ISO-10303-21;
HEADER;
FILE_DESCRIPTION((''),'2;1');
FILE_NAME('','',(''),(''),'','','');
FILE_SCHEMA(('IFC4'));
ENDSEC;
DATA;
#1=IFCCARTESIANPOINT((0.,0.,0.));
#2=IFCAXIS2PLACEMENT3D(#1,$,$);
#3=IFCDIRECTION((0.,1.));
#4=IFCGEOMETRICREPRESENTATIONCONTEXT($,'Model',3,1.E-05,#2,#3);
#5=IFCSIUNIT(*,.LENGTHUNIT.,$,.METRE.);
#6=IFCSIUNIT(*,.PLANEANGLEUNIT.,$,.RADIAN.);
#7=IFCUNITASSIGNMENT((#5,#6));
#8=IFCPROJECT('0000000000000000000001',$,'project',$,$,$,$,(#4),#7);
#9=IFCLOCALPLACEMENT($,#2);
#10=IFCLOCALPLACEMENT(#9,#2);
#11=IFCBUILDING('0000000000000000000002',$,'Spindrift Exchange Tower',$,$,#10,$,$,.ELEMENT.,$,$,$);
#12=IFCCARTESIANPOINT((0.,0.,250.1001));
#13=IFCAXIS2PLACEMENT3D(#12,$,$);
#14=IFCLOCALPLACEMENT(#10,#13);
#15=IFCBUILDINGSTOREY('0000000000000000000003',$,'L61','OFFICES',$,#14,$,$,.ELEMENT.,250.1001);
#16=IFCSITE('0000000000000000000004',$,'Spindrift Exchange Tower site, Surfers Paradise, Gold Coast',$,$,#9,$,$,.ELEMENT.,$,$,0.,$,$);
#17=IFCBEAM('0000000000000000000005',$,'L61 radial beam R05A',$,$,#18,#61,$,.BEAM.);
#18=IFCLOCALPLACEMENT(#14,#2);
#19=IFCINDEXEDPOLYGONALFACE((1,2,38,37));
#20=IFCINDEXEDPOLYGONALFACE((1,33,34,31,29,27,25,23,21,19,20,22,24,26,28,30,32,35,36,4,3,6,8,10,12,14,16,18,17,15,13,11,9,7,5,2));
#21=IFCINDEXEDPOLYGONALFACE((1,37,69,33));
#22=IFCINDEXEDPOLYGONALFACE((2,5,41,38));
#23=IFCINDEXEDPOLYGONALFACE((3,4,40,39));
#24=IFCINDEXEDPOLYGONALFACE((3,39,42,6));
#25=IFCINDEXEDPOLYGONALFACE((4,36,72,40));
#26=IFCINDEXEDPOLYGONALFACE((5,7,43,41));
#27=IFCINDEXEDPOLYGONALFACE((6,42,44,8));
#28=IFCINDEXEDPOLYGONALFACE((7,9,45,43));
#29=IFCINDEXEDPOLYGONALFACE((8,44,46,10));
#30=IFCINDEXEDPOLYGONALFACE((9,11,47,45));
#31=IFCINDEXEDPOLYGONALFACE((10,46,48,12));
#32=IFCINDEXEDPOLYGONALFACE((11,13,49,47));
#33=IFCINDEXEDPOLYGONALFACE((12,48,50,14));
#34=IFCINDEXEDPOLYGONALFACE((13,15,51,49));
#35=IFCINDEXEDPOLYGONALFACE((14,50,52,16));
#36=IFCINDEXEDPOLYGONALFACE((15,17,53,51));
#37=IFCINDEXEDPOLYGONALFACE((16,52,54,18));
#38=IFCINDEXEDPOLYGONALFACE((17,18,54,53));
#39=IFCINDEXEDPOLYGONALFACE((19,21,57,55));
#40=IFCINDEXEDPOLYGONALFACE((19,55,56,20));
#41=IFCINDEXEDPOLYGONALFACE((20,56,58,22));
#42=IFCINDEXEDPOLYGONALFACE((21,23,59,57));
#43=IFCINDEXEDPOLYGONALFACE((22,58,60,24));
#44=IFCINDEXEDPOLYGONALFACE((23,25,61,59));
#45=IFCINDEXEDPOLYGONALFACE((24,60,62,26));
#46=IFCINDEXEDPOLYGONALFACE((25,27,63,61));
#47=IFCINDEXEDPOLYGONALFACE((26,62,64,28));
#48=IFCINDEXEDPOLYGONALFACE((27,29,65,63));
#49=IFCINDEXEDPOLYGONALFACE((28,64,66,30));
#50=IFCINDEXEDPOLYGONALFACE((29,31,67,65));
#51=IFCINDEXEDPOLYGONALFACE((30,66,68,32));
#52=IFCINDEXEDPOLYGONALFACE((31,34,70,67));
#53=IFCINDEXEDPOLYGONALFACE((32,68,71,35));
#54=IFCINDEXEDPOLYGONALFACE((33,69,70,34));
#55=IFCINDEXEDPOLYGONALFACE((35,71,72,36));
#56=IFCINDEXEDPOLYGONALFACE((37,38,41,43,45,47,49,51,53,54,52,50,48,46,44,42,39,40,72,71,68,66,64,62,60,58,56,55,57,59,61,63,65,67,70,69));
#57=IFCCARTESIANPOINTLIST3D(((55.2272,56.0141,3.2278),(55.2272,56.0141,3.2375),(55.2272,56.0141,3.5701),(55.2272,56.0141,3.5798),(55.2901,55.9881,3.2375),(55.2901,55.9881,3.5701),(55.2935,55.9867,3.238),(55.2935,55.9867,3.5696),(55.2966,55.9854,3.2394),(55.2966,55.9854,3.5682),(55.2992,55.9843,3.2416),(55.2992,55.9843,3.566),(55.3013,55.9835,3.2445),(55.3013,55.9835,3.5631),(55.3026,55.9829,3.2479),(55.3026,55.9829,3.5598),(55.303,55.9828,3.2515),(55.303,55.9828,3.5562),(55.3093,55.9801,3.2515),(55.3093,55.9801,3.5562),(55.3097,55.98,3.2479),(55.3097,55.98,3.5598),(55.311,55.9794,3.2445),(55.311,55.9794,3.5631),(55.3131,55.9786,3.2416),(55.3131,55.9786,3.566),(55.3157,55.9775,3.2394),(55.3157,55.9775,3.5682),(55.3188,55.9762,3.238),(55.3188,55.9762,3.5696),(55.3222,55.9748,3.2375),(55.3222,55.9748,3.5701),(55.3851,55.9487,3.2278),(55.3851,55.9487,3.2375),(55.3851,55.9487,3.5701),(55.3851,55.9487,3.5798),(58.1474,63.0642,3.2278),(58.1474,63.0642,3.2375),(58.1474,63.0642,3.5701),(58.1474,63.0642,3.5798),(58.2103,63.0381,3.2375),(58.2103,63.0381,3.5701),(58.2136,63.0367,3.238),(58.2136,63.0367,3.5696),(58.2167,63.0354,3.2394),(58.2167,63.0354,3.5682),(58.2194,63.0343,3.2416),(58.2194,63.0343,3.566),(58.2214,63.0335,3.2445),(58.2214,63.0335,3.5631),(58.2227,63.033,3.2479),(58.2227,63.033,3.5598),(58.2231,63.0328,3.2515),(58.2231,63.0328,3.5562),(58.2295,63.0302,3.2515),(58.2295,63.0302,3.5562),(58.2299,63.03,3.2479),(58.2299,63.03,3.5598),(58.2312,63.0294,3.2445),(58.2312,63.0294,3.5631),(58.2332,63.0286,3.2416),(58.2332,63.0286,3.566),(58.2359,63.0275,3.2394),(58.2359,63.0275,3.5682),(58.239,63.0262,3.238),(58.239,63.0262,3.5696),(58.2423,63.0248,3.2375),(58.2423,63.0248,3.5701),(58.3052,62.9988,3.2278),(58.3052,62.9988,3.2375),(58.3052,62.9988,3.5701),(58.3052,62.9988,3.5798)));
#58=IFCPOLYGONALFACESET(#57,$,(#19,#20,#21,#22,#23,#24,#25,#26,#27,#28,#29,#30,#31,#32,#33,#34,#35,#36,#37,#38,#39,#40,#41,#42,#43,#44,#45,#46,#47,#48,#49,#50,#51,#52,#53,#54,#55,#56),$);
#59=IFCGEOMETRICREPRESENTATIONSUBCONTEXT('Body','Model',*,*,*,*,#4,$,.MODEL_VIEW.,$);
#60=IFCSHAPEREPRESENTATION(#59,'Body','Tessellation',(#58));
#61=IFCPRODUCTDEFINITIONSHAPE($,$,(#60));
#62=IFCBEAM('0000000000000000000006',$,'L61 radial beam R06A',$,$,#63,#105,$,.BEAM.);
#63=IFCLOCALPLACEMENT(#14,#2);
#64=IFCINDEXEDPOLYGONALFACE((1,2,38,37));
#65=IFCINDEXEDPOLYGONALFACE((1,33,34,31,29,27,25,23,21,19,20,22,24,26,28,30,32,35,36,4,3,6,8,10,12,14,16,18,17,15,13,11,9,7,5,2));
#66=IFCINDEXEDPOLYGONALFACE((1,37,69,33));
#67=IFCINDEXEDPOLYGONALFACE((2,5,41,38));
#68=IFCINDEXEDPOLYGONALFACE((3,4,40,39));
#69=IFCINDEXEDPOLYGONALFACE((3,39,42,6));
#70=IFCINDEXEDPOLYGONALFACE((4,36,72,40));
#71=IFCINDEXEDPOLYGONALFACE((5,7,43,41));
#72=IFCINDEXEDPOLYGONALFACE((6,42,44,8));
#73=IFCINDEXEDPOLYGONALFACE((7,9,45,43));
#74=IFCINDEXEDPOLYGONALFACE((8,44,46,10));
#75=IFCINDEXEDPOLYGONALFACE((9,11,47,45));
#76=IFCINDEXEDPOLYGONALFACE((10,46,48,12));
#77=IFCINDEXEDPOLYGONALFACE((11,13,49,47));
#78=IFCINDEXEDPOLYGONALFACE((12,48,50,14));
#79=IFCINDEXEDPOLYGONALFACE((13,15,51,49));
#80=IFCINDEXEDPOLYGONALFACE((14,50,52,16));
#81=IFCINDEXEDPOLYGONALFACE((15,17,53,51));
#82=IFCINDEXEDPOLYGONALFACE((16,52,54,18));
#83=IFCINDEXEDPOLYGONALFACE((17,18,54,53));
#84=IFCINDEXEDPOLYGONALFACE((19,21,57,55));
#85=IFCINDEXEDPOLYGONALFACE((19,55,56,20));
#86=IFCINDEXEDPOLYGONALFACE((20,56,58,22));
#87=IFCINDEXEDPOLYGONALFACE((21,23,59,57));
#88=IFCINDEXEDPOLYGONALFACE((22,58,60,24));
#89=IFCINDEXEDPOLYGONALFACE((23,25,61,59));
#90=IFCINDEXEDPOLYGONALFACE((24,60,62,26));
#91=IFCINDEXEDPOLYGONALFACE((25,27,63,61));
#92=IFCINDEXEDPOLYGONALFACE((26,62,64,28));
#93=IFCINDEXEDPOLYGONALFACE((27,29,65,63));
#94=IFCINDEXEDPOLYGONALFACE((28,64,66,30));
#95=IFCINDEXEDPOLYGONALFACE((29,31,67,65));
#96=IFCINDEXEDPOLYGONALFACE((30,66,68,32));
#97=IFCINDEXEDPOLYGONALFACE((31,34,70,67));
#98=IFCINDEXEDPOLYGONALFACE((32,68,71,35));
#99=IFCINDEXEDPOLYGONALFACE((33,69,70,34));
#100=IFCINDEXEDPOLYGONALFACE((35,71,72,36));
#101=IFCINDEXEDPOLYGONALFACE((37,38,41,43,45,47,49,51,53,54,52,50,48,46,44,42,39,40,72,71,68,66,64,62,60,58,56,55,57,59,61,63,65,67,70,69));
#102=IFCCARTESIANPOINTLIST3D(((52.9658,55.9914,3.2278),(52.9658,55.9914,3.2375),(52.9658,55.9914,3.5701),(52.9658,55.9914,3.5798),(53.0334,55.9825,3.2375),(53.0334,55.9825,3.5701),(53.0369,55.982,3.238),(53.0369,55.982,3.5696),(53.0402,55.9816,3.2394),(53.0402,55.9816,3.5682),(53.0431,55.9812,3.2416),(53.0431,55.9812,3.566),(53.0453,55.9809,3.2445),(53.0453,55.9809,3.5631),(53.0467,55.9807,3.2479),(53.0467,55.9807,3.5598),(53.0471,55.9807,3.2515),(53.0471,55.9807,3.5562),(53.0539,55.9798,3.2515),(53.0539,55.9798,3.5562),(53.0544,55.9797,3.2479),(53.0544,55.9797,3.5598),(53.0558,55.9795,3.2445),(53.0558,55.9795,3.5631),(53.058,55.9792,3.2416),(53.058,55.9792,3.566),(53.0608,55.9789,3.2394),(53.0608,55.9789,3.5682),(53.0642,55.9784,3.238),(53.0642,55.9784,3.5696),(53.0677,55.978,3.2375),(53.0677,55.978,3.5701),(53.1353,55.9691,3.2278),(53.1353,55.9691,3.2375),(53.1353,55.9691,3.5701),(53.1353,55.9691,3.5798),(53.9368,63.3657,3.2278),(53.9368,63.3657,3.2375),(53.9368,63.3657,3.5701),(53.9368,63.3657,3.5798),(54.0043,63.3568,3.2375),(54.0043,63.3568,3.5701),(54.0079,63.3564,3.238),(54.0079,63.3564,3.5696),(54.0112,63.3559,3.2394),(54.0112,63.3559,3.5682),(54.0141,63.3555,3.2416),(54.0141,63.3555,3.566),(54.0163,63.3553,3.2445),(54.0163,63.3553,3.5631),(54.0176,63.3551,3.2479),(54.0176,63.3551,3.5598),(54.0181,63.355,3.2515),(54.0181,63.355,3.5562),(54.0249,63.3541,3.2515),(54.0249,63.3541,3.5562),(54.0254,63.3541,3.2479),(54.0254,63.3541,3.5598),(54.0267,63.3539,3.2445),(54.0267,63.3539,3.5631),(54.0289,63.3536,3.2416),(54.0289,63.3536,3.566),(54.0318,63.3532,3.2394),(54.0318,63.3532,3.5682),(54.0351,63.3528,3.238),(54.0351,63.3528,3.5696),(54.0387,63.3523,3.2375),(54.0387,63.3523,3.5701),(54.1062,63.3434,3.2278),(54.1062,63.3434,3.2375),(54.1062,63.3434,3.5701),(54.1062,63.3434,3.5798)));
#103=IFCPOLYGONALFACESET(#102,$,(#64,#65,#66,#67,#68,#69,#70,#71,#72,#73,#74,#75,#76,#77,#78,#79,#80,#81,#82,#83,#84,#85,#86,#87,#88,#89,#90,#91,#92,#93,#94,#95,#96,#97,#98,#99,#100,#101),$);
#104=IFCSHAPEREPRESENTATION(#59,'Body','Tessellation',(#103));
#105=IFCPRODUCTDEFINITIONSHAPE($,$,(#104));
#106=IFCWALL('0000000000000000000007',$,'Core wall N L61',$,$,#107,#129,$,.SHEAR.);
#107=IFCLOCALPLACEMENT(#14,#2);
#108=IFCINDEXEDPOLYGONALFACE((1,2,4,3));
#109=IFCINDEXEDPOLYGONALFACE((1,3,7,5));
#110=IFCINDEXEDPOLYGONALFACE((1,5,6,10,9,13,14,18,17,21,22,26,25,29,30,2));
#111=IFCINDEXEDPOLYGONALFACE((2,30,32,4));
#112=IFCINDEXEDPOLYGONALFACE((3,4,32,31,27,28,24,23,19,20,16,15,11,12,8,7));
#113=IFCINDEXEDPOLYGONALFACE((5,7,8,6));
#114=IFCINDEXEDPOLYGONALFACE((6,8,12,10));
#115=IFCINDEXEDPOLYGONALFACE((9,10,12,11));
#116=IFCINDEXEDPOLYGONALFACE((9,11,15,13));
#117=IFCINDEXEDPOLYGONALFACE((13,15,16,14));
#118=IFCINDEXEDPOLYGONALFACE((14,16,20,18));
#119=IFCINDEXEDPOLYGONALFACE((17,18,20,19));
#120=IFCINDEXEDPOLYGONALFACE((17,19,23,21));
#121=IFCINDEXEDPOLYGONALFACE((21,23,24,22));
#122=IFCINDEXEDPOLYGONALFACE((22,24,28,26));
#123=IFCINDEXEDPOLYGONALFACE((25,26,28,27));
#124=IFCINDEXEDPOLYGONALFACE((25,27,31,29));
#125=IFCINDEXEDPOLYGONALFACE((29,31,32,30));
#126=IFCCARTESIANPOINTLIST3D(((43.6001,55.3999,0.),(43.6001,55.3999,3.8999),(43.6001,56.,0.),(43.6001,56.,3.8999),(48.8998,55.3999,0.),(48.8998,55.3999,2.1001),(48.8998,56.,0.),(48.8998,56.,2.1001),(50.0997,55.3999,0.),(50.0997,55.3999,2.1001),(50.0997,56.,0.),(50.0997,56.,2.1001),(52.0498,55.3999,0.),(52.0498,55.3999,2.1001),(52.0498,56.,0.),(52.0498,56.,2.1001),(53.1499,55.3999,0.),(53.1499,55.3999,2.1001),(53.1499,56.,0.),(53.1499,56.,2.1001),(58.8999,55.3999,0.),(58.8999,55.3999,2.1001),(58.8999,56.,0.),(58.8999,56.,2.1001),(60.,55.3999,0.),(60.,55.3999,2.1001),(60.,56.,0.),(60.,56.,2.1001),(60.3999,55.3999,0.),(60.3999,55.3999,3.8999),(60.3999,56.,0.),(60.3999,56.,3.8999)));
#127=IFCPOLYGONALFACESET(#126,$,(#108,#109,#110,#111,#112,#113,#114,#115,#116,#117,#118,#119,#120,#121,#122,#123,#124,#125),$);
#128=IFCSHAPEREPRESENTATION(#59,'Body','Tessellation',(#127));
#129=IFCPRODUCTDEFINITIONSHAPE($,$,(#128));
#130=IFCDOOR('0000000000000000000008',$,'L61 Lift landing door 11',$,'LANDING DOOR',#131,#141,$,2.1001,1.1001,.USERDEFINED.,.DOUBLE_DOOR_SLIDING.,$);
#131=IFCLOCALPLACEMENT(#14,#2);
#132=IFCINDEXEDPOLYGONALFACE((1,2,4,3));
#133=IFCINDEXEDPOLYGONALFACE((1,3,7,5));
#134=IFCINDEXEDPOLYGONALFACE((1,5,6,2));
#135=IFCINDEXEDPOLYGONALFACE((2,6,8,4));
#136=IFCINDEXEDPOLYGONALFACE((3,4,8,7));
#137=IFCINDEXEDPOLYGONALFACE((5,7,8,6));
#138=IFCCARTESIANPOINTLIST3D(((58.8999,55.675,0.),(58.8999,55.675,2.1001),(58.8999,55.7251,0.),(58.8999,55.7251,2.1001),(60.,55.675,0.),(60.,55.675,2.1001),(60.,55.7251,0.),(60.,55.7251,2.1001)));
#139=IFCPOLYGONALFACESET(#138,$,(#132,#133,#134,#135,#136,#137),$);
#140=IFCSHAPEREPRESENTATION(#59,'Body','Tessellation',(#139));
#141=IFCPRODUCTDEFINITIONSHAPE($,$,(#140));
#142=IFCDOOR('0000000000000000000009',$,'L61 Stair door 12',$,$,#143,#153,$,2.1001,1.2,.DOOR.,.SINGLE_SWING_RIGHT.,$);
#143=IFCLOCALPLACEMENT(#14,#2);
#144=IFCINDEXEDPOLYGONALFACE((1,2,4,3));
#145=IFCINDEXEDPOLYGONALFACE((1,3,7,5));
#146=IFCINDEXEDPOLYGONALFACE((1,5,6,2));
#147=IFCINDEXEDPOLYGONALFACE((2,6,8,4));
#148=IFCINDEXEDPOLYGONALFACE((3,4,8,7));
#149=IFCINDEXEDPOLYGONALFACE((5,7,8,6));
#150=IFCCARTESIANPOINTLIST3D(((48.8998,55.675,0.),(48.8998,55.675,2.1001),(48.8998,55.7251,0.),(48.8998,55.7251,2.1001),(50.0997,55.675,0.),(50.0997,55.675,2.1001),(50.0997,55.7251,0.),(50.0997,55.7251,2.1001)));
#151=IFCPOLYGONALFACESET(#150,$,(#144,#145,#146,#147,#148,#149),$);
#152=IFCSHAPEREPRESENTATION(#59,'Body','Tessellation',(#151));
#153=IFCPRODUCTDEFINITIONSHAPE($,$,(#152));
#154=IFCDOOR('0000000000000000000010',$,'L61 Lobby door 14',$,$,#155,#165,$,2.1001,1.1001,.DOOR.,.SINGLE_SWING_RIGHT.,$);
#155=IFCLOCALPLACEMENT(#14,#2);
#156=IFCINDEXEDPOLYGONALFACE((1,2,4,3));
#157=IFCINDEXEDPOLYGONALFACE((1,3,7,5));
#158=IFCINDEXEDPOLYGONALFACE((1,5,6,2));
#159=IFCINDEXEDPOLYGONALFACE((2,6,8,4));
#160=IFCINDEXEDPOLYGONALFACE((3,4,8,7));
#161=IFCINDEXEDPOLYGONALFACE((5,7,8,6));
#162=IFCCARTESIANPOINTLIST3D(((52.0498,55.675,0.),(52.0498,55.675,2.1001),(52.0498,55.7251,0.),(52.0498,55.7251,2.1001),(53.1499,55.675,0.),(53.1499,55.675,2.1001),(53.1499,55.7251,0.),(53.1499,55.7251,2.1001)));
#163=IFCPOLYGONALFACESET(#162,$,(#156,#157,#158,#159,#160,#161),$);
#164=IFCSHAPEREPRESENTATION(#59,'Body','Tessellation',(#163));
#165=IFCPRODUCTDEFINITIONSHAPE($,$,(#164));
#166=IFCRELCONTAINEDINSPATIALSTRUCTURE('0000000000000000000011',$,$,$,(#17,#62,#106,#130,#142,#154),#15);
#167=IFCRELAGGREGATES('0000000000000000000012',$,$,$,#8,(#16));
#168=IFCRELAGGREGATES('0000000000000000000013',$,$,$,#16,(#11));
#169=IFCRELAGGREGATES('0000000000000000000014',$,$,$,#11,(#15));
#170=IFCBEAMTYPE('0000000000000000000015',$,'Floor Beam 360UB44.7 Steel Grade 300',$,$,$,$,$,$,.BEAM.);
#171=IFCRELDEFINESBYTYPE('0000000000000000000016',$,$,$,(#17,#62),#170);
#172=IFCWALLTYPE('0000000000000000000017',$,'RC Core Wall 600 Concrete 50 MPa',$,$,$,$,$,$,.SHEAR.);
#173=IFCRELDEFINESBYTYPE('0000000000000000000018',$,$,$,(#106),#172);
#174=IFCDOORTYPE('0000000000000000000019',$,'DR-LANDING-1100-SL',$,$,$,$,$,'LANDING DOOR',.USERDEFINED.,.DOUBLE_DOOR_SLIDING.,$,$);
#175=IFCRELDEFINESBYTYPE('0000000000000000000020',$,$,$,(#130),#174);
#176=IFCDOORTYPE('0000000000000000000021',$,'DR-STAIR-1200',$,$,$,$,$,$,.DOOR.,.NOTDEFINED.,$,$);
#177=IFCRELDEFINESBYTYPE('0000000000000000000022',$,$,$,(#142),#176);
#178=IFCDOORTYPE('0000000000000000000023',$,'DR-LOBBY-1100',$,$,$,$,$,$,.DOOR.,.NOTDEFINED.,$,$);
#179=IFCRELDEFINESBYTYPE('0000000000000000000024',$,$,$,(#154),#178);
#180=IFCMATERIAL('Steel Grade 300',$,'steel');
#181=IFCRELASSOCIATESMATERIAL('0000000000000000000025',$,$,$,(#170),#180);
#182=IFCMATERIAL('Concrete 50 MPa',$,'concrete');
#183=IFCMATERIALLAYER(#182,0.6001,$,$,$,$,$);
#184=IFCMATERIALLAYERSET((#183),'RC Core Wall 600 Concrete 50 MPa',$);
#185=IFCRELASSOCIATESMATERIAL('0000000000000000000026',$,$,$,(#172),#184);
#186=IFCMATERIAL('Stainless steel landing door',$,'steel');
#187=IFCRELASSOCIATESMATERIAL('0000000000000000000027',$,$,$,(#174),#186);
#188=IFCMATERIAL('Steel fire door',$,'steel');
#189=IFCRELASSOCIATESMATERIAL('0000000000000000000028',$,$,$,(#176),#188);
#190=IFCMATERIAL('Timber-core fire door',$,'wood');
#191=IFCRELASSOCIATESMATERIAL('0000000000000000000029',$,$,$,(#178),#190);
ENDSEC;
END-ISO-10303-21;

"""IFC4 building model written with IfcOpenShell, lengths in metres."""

from ifc_helpers import new_model, si_unit, direction, frame, frame_2d, origin, origin_2d, place, context, subcontext, project, spatial, rectangle, i_section, extrude, source, transform, mapped, material, layer, layer_set, material_profile, profile_set, type_object, element, fill, save


model = new_model("IFC4")

# Units and contexts
model_context = context("Model", 3, precision=1e-05, world=origin(), true_north=direction((0.0, 1.0)))
body_context = subcontext(model_context, "Body", "Model", "MODEL_VIEW")
ifc_project = project(units=[si_unit("LENGTHUNIT", "METRE"), si_unit("PLANEANGLEUNIT", "RADIAN")], contexts=[model_context])

# Site, building, storey
site_placement = place(None, origin())
site = spatial("IfcSite", under=ifc_project, at=site_placement, Name="Spindrift Exchange Tower site, Surfers Paradise, Gold Coast", CompositionType="ELEMENT", RefElevation=0.0)
building_placement = place(site_placement, origin())
building = spatial("IfcBuilding", under=site, at=building_placement, Name="Spindrift Exchange Tower", CompositionType="ELEMENT")
storey_placement = place(building_placement, frame((0.0, 0.0, 250.1001)))
storey = spatial("IfcBuildingStorey", under=building, at=storey_placement, Name="L61", Description="OFFICES", CompositionType="ELEMENT", Elevation=250.1001)

# Beams
ifc_material_1 = material(Name="Steel Grade 300", Category="steel")
ifc_material_profile_1 = material_profile(ifc_material_1, i_section(OverallWidth=0.1709, OverallDepth=0.3521, WebThickness=0.0068, FlangeThickness=0.0098, FilletRadius=0.0139, at=origin_2d()), Name="360UB44.7")
ifc_profile_set_1 = profile_set([ifc_material_profile_1], Name="Steel Grade 300")
beam_type_1 = type_object("IfcBeamType", Name="Floor Beam 360UB44.7 Steel Grade 300", PredefinedType="BEAM", material=ifc_profile_set_1)
shared_shape_1 = source(origin(), body_context, "Body", "SweptSolid", [
    extrude(i_section(OverallWidth=0.1709, OverallDepth=0.3521, WebThickness=0.0068, FlangeThickness=0.0098, FilletRadius=0.0139, at=origin_2d()), origin(), (0.0, 0.0, 1.0), 7.6309),
])
beam_1_placement = place(storey_placement, frame((55.3062, 55.9814, 3.4038), z_axis=(0.382677, 0.923882, 0.0), x_axis=(-0.923882, 0.382677, 0.0)))
element("IfcBeam", 1, at=beam_1_placement, inside=storey, type_object=beam_type_1, Name="L61 radial beam R05A", PredefinedType="BEAM", context=body_context, shape_type="MappedRepresentation", body=[
    mapped(shared_shape_1, transform((0.0, 0.0, 0.0), scale=1.0)),
])
shared_shape_2 = source(origin(), body_context, "Body", "SweptSolid", [
    extrude(i_section(OverallWidth=0.1709, OverallDepth=0.3521, WebThickness=0.0068, FlangeThickness=0.0098, FilletRadius=0.0139, at=origin_2d()), origin(), (0.0, 0.0, 1.0), 7.438),
])
beam_2_placement = place(storey_placement, frame((53.0505, 55.9802, 3.4038), z_axis=(0.13054, 0.991443, 0.0), x_axis=(-0.991443, 0.13054, 0.0)))
element("IfcBeam", 2, at=beam_2_placement, inside=storey, type_object=beam_type_1, Name="L61 radial beam R06A", PredefinedType="BEAM", context=body_context, shape_type="MappedRepresentation", body=[
    mapped(shared_shape_2, transform((0.0, 0.0, 0.0), scale=1.0)),
])

# Wall, openings, doors
ifc_material_2 = material(Name="Concrete 50 MPa", Category="concrete")
ifc_layer_1 = layer(ifc_material_2, 0.6001)
ifc_layer_set_1 = layer_set([ifc_layer_1], Name="RC Core Wall 600 Concrete 50 MPa")
wall_type_1 = type_object("IfcWallType", Name="RC Core Wall 600 Concrete 50 MPa", PredefinedType="SHEAR", material=ifc_layer_set_1)
wall_1_placement = place(storey_placement, frame((60.3999, 55.7, 0.0), z_axis=(0.0, 0.0, 1.0), x_axis=(-1.0, 0.0, 0.0)))
wall_1 = element("IfcWall", 3, at=wall_1_placement, inside=storey, type_object=wall_type_1, Name="Core wall N L61", PredefinedType="SHEAR", context=body_context, shape_type="SweptSolid", body=[
    extrude(rectangle(XDim=16.7998, YDim=0.6001, at=frame_2d((8.3999, 0.0))), origin(), (0.0, 0.0, 1.0), 3.8999),
])
opening_1_placement = place(wall_1_placement, frame((0.3999, 0.0, 0.0)))
opening_1 = element("IfcOpeningElement", 4, at=opening_1_placement, cuts=wall_1, PredefinedType="OPENING", context=body_context, shape_type="SweptSolid", body=[
    extrude(rectangle(XDim=1.1001, YDim=2.1001, at=frame_2d((0.55, 1.05))), frame((0.0, 0.3101, 0.0), z_axis=(0.0, -1.0, 0.0), x_axis=(1.0, 0.0, 0.0)), (0.0, 0.0, 1.0), 0.6201),
])
opening_2_placement = place(wall_1_placement, frame((10.3, 0.0, 0.0)))
opening_2 = element("IfcOpeningElement", 5, at=opening_2_placement, cuts=wall_1, PredefinedType="OPENING", context=body_context, shape_type="SweptSolid", body=[
    extrude(rectangle(XDim=1.2, YDim=2.1001, at=frame_2d((0.6001, 1.05))), frame((0.0, 0.3101, 0.0), z_axis=(0.0, -1.0, 0.0), x_axis=(1.0, 0.0, 0.0)), (0.0, 0.0, 1.0), 0.6201),
])
opening_3_placement = place(wall_1_placement, frame((7.25, 0.0, 0.0)))
opening_3 = element("IfcOpeningElement", 6, at=opening_3_placement, cuts=wall_1, PredefinedType="OPENING", context=body_context, shape_type="SweptSolid", body=[
    extrude(rectangle(XDim=1.1001, YDim=2.1001, at=frame_2d((0.55, 1.05))), frame((0.0, 0.3101, 0.0), z_axis=(0.0, -1.0, 0.0), x_axis=(1.0, 0.0, 0.0)), (0.0, 0.0, 1.0), 0.6201),
])
ifc_material_3 = material(Name="Stainless steel landing door", Category="steel")
door_type_1 = type_object("IfcDoorType", Name="DR-LANDING-1100-SL", ElementType="LANDING DOOR", OperationType="DOUBLE_DOOR_SLIDING", PredefinedType="USERDEFINED", material=ifc_material_3)
shared_shape_3 = source(origin(), body_context, "Body", "SweptSolid", [
    extrude(rectangle(XDim=1.1001, YDim=2.1001, at=frame_2d((0.55, 1.05))), frame((0.0, 0.0249, 0.0), z_axis=(0.0, -1.0, 0.0), x_axis=(1.0, 0.0, 0.0)), (0.0, 0.0, 1.0), 0.05),
])
door_1_placement = place(opening_1_placement, origin())
door_1 = element("IfcDoor", 7, at=door_1_placement, inside=storey, type_object=door_type_1, Name="L61 Lift landing door 11", ObjectType="LANDING DOOR", OperationType="DOUBLE_DOOR_SLIDING", OverallHeight=2.1001, OverallWidth=1.1001, PredefinedType="USERDEFINED", context=body_context, shape_type="MappedRepresentation", body=[
    mapped(shared_shape_3, transform((0.0, 0.0, 0.0), scale=1.0)),
])
fill(opening_1, door_1)
ifc_material_4 = material(Name="Steel fire door", Category="steel")
door_type_2 = type_object("IfcDoorType", Name="DR-STAIR-1200", OperationType="NOTDEFINED", PredefinedType="DOOR", material=ifc_material_4)
shared_shape_4 = source(origin(), body_context, "Body", "SweptSolid", [
    extrude(rectangle(XDim=1.2, YDim=2.1001, at=frame_2d((0.6001, 1.05))), frame((0.0, 0.0249, 0.0), z_axis=(0.0, -1.0, 0.0), x_axis=(1.0, 0.0, 0.0)), (0.0, 0.0, 1.0), 0.05),
])
door_2_placement = place(opening_2_placement, origin())
door_2 = element("IfcDoor", 8, at=door_2_placement, inside=storey, type_object=door_type_2, Name="L61 Stair door 12", OperationType="SINGLE_SWING_RIGHT", OverallHeight=2.1001, OverallWidth=1.2, PredefinedType="DOOR", context=body_context, shape_type="MappedRepresentation", body=[
    mapped(shared_shape_4, transform((0.0, 0.0, 0.0), scale=1.0)),
])
fill(opening_2, door_2)
ifc_material_5 = material(Name="Timber-core fire door", Category="wood")
door_type_3 = type_object("IfcDoorType", Name="DR-LOBBY-1100", OperationType="NOTDEFINED", PredefinedType="DOOR", material=ifc_material_5)
shared_shape_5 = source(origin(), body_context, "Body", "SweptSolid", [
    extrude(rectangle(XDim=1.1001, YDim=2.1001, at=frame_2d((0.55, 1.05))), frame((0.0, 0.0249, 0.0), z_axis=(0.0, -1.0, 0.0), x_axis=(1.0, 0.0, 0.0)), (0.0, 0.0, 1.0), 0.05),
])
door_3_placement = place(opening_3_placement, origin())
door_3 = element("IfcDoor", 9, at=door_3_placement, inside=storey, type_object=door_type_3, Name="L61 Lobby door 14", OperationType="SINGLE_SWING_RIGHT", OverallHeight=2.1001, OverallWidth=1.1001, PredefinedType="DOOR", context=body_context, shape_type="MappedRepresentation", body=[
    mapped(shared_shape_5, transform((0.0, 0.0, 0.0), scale=1.0)),
])
fill(opening_3, door_3)

save(model, "model.ifc")
